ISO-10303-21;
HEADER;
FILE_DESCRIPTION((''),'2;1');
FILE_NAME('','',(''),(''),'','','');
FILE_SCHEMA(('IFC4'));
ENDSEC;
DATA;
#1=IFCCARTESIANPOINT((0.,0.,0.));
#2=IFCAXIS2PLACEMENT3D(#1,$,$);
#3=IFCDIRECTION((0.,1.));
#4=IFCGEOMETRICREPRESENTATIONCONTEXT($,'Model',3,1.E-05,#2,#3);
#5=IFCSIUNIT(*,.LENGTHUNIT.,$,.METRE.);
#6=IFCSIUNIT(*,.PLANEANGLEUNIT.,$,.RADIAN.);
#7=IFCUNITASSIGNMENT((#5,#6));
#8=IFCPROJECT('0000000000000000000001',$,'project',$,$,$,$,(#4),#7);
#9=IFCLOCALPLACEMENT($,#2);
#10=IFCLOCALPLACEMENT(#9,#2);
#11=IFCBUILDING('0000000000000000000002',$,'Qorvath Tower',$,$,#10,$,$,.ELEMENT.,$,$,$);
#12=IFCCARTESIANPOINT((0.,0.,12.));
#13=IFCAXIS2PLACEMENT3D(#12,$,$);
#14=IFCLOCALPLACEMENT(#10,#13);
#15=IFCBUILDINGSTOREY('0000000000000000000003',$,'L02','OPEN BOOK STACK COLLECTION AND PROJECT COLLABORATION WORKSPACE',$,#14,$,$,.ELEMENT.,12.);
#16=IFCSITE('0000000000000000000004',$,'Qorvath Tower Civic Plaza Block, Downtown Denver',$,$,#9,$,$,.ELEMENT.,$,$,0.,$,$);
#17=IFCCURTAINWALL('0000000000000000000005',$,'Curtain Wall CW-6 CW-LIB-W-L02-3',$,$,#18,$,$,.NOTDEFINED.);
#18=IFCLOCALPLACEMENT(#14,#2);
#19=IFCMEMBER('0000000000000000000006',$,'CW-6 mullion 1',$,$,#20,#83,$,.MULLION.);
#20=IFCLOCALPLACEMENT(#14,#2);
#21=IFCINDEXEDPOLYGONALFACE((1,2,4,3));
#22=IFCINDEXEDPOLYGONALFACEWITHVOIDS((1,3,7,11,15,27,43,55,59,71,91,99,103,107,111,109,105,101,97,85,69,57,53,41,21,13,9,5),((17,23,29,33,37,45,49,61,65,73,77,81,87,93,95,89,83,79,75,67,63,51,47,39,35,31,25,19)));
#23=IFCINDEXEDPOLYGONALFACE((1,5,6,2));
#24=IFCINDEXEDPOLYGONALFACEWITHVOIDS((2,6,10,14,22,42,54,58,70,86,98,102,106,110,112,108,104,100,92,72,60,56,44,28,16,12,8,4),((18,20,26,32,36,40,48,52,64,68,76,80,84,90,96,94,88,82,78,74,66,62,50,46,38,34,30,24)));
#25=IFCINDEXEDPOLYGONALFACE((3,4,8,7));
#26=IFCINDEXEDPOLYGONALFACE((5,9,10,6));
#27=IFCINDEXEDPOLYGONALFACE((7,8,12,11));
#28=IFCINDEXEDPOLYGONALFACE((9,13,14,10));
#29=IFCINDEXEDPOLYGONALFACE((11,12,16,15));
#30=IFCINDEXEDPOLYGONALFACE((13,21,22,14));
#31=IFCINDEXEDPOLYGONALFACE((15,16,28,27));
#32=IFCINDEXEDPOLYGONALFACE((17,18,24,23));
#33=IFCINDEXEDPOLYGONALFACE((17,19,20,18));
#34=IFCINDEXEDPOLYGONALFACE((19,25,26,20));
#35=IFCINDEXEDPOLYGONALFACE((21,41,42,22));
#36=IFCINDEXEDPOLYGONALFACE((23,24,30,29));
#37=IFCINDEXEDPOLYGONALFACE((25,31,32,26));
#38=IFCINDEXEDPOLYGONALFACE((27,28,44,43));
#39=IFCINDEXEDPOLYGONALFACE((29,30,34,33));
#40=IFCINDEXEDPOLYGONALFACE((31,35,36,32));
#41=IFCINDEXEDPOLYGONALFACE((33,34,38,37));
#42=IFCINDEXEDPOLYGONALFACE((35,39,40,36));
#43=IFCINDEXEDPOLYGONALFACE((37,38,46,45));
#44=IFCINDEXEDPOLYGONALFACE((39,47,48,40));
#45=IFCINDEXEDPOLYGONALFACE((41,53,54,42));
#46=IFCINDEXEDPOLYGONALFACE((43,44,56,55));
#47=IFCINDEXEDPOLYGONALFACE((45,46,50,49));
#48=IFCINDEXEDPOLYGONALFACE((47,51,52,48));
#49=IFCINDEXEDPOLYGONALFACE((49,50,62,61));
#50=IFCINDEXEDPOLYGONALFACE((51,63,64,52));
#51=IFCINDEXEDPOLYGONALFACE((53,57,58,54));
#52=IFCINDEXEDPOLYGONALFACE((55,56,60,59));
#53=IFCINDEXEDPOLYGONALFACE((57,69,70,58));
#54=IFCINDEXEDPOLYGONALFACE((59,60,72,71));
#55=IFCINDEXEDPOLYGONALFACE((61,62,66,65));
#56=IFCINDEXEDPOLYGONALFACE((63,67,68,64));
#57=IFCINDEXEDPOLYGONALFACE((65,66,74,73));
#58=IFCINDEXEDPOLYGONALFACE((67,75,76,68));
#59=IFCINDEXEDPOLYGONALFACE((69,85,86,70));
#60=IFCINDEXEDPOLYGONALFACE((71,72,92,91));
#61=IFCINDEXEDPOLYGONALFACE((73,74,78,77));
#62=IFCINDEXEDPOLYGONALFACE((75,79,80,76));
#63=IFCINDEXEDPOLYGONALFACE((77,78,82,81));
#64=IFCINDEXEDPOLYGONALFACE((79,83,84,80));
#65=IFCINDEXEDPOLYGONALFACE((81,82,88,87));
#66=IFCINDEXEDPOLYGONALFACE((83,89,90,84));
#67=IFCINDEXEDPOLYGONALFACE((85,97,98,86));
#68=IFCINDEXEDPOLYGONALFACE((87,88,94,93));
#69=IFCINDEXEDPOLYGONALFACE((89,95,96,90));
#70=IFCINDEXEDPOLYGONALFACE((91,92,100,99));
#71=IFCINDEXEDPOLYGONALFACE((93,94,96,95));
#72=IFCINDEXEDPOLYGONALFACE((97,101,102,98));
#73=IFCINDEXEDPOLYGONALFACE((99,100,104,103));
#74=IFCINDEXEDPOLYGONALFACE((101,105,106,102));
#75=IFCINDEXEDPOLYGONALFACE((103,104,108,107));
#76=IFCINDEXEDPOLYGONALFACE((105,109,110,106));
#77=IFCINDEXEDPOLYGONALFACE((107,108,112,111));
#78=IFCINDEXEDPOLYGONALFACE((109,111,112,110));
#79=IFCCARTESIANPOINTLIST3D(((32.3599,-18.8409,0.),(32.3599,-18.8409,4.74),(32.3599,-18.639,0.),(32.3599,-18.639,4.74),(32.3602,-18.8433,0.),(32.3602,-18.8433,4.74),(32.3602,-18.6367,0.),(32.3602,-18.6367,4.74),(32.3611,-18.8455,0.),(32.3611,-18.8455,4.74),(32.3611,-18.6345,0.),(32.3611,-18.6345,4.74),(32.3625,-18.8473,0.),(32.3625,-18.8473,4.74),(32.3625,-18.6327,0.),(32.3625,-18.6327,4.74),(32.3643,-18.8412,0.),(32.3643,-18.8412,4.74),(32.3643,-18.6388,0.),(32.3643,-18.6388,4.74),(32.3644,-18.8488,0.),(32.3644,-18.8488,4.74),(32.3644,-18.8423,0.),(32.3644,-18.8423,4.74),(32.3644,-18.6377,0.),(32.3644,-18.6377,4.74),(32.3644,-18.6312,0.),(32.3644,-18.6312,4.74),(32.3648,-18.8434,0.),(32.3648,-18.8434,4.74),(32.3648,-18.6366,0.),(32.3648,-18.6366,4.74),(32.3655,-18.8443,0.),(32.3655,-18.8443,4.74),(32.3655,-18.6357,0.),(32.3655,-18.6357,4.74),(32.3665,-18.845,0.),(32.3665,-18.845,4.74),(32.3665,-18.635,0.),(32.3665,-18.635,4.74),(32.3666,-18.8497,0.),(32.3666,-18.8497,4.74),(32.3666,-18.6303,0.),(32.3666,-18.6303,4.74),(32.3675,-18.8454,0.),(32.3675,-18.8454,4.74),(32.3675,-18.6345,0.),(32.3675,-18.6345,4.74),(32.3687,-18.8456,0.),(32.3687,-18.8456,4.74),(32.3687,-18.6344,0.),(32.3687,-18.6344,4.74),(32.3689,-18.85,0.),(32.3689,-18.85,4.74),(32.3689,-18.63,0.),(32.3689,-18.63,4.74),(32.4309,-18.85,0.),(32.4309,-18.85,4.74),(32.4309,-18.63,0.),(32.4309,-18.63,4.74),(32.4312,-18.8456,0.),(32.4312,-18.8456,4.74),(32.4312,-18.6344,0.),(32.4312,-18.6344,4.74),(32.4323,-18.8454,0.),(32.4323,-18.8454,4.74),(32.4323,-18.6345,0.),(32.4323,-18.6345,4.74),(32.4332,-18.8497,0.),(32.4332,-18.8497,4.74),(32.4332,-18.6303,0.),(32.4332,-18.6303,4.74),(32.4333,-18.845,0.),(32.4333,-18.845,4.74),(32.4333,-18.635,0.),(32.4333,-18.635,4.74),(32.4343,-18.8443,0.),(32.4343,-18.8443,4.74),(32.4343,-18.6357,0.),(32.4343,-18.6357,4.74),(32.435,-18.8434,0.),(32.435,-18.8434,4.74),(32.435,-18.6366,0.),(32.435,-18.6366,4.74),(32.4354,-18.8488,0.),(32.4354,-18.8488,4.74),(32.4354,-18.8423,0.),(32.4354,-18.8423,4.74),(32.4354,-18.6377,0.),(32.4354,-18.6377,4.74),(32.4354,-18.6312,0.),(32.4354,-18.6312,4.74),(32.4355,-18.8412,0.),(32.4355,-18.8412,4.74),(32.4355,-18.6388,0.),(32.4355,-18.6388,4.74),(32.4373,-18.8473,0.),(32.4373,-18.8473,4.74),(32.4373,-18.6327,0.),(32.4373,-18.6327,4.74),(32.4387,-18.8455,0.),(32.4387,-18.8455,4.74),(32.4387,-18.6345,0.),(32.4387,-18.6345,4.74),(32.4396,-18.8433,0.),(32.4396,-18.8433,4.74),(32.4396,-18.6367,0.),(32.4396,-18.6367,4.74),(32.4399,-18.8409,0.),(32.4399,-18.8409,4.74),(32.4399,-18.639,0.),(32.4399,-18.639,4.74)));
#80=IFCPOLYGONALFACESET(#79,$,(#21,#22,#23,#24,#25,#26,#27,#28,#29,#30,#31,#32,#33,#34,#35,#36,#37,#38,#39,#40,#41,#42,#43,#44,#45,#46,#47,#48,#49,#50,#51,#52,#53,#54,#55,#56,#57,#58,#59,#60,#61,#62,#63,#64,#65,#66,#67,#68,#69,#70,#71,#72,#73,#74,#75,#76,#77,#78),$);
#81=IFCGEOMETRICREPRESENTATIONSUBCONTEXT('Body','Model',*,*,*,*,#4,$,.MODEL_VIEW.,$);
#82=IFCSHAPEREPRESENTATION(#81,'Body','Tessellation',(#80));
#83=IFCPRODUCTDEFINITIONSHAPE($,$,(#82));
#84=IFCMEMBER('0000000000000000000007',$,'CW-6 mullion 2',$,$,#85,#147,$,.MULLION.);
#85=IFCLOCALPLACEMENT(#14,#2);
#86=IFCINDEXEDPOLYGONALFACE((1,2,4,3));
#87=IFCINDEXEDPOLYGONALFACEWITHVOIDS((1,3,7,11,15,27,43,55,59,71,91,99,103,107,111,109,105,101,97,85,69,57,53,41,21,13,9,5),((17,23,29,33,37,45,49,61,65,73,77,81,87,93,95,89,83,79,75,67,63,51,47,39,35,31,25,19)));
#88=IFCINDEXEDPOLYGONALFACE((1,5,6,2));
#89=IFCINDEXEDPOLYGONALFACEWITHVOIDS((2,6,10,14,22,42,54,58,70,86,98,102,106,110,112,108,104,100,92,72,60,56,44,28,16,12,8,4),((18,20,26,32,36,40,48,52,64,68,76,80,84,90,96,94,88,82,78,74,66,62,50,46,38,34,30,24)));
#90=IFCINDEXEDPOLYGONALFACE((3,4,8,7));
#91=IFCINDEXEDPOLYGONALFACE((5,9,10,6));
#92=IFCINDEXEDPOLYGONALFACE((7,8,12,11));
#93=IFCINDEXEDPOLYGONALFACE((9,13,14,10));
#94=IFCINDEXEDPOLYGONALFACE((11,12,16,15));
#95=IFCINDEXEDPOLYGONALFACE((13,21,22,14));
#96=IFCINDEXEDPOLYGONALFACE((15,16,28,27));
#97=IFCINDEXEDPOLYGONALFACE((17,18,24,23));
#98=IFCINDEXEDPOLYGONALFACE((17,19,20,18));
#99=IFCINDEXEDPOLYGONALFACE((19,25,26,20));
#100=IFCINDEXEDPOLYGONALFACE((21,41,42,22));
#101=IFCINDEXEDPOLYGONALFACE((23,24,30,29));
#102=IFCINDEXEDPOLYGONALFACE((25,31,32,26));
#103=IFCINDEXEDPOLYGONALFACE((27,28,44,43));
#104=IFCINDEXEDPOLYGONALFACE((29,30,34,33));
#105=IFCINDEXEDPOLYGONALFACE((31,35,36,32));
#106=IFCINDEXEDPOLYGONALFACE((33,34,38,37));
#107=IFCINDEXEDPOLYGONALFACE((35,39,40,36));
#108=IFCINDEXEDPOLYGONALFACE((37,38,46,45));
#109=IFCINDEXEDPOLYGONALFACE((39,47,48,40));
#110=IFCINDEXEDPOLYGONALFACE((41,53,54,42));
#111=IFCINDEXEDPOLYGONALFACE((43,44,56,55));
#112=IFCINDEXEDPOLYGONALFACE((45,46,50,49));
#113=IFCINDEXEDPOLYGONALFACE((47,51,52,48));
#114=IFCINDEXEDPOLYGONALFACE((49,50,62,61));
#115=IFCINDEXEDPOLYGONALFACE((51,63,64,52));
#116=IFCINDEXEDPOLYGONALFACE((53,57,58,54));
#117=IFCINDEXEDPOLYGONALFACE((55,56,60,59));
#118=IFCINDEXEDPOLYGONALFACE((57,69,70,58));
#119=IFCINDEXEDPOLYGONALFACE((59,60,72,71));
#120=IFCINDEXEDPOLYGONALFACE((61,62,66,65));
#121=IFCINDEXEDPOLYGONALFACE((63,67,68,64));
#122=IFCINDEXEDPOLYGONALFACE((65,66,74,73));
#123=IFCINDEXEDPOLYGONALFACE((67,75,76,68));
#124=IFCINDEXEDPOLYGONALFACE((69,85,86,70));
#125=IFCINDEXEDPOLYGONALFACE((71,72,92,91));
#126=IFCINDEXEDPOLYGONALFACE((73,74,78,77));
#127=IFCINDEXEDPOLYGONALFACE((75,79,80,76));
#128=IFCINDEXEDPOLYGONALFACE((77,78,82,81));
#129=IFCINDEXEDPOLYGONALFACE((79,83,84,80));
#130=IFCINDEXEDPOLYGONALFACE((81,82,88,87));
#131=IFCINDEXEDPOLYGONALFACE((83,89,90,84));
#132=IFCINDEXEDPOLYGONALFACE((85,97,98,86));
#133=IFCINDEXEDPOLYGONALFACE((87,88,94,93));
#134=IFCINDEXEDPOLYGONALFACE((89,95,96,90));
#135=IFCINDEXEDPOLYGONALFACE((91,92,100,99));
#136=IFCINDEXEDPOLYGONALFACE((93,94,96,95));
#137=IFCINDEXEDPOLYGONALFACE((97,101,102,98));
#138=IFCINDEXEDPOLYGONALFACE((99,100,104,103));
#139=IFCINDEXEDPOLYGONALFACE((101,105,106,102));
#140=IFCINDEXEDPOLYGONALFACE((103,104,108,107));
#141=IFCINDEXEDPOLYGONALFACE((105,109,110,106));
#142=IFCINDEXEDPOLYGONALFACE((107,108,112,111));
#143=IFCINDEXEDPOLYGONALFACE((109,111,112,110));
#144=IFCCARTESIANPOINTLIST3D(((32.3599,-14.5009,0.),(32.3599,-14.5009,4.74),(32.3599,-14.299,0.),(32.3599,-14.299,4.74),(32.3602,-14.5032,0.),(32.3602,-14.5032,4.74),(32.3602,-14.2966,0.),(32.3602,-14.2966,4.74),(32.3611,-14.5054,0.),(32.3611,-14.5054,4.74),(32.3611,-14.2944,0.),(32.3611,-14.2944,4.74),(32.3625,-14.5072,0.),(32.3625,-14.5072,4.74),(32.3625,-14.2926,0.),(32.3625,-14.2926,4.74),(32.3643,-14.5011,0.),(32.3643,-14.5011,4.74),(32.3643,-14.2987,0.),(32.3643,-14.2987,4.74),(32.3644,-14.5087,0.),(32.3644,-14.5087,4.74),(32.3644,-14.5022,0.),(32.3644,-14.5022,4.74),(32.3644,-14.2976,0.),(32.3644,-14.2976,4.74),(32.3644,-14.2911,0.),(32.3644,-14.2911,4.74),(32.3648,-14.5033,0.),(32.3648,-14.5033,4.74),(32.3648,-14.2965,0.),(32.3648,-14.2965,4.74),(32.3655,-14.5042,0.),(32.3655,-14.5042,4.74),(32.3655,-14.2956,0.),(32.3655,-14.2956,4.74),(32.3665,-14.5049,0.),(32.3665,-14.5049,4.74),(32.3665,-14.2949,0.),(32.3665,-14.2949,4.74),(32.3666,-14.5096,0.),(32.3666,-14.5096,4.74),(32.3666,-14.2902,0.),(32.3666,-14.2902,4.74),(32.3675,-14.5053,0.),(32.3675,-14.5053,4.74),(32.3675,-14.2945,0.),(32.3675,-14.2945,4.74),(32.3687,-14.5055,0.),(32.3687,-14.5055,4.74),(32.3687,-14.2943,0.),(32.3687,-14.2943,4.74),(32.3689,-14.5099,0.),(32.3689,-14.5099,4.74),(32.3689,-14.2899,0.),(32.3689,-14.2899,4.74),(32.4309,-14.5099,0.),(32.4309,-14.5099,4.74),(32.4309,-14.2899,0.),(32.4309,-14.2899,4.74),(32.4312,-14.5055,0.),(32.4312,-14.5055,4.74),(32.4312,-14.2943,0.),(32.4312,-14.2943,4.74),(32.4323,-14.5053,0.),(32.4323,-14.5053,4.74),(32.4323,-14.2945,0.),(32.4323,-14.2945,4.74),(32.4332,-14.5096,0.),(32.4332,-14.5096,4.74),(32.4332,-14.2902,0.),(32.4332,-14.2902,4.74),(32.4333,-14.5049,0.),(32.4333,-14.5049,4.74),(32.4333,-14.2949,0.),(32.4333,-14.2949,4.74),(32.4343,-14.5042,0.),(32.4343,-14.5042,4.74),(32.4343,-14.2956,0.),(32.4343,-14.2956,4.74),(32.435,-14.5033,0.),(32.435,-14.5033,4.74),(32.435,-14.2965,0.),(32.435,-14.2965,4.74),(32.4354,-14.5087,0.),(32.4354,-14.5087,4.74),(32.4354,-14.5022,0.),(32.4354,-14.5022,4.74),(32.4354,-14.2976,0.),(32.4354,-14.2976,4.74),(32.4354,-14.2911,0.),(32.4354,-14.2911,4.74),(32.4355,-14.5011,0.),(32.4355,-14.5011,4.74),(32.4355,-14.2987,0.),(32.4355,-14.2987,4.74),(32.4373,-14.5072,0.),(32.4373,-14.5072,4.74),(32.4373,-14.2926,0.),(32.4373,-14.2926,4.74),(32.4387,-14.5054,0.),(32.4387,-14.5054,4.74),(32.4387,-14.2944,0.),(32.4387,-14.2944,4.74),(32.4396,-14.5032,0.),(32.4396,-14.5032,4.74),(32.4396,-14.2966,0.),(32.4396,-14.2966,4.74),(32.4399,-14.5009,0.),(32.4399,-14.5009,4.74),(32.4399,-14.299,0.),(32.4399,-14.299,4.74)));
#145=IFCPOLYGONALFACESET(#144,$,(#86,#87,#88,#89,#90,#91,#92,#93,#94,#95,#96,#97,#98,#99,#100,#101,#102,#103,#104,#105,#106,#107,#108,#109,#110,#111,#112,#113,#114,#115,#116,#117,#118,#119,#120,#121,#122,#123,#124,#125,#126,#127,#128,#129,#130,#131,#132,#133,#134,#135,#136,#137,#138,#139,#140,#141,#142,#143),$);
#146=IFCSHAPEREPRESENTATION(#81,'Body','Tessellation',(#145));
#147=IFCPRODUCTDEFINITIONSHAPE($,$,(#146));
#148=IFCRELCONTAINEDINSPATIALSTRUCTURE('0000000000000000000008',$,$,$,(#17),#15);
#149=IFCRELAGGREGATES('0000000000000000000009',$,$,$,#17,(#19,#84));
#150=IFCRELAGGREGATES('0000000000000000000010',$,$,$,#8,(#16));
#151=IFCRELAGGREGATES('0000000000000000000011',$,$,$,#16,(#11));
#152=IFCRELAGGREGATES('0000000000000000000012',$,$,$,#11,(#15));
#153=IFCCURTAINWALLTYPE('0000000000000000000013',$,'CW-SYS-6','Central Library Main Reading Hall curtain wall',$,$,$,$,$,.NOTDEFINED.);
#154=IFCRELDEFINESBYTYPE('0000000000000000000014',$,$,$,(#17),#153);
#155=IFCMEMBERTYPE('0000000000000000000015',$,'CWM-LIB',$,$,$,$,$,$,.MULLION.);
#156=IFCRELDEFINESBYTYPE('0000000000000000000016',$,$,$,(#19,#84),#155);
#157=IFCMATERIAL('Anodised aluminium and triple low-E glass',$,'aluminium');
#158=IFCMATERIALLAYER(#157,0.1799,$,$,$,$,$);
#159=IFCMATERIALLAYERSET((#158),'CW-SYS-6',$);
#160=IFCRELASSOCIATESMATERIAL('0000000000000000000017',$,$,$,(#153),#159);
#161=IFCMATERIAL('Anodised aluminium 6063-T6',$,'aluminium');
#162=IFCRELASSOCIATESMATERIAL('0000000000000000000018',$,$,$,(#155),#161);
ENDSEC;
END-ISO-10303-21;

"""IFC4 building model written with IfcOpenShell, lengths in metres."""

from ifc_helpers import new_model, si_unit, direction, frame, origin, origin_2d, place, context, subcontext, project, spatial, hollow_rectangle, extrude, material, layer, layer_set, material_profile, profile_set, type_object, element, aggregate, save


model = new_model("IFC4")

# Units and contexts
model_context = context("Model", 3, precision=1e-05, world=origin(), true_north=direction((0.0, 1.0)))
body_context = subcontext(model_context, "Body", "Model", "MODEL_VIEW")
ifc_project = project(units=[si_unit("LENGTHUNIT", "METRE"), si_unit("PLANEANGLEUNIT", "RADIAN")], contexts=[model_context])

# Site, building, storey
site_placement = place(None, origin())
site = spatial("IfcSite", under=ifc_project, at=site_placement, Name="Qorvath Tower Civic Plaza Block, Downtown Denver", CompositionType="ELEMENT", RefElevation=0.0)
building_placement = place(site_placement, origin())
building = spatial("IfcBuilding", under=site, at=building_placement, Name="Qorvath Tower", CompositionType="ELEMENT")
storey_placement = place(building_placement, frame((0.0, 0.0, 12.0)))
storey = spatial("IfcBuildingStorey", under=building, at=storey_placement, Name="L02", Description="OPEN BOOK STACK COLLECTION AND PROJECT COLLABORATION WORKSPACE", CompositionType="ELEMENT", Elevation=12.0)

# Curtain wall, members
ifc_material_1 = material(Name="Anodised aluminium and triple low-E glass", Category="aluminium")
ifc_layer_1 = layer(ifc_material_1, 0.1799)
ifc_layer_set_1 = layer_set([ifc_layer_1], Name="CW-SYS-6")
curtain_wall_type = type_object("IfcCurtainWallType", Name="CW-SYS-6", Description="Central Library Main Reading Hall curtain wall", PredefinedType="NOTDEFINED", material=ifc_layer_set_1)
curtain_wall_placement = place(storey_placement, origin())
curtain_wall = element("IfcCurtainWall", 1, at=curtain_wall_placement, inside=storey, type_object=curtain_wall_type, Name="Curtain Wall CW-6 CW-LIB-W-L02-3", PredefinedType="NOTDEFINED")
ifc_material_2 = material(Name="Anodised aluminium 6063-T6", Category="aluminium")
ifc_material_profile_1 = material_profile(ifc_material_2, hollow_rectangle(XDim=0.0801, YDim=0.22, WallThickness=0.0044, InnerFilletRadius=0.0044, OuterFilletRadius=0.009, at=origin_2d()), Name="CWM LIB 220x80")
ifc_profile_set_1 = profile_set([ifc_material_profile_1], Name="Anodised aluminium 6063-T6")
member_type_1 = type_object("IfcMemberType", Name="CWM-LIB", PredefinedType="MULLION", material=ifc_profile_set_1)
member_1_placement = place(storey_placement, frame((32.3999, -18.74, 0.0), z_axis=(0.0, 0.0, 1.0), x_axis=(-1.0, 0.0, 0.0)))
member_1 = element("IfcMember", 2, at=member_1_placement, type_object=member_type_1, Name="CW-6 mullion 1", PredefinedType="MULLION", context=body_context, shape_type="SweptSolid", body=[
    extrude(hollow_rectangle(XDim=0.0801, YDim=0.22, WallThickness=0.0044, InnerFilletRadius=0.0044, OuterFilletRadius=0.009, at=origin_2d()), origin(), (0.0, 0.0, 1.0), 4.74),
])
member_2_placement = place(storey_placement, frame((32.3999, -14.3999, 0.0), z_axis=(0.0, 0.0, 1.0), x_axis=(-1.0, 0.0, 0.0)))
member_2 = element("IfcMember", 3, at=member_2_placement, type_object=member_type_1, Name="CW-6 mullion 2", PredefinedType="MULLION", context=body_context, shape_type="SweptSolid", body=[
    extrude(hollow_rectangle(XDim=0.0801, YDim=0.22, WallThickness=0.0044, InnerFilletRadius=0.0044, OuterFilletRadius=0.009, at=origin_2d()), origin(), (0.0, 0.0, 1.0), 4.74),
])
aggregate(curtain_wall, [member_1, member_2])

save(model, "model.ifc")
